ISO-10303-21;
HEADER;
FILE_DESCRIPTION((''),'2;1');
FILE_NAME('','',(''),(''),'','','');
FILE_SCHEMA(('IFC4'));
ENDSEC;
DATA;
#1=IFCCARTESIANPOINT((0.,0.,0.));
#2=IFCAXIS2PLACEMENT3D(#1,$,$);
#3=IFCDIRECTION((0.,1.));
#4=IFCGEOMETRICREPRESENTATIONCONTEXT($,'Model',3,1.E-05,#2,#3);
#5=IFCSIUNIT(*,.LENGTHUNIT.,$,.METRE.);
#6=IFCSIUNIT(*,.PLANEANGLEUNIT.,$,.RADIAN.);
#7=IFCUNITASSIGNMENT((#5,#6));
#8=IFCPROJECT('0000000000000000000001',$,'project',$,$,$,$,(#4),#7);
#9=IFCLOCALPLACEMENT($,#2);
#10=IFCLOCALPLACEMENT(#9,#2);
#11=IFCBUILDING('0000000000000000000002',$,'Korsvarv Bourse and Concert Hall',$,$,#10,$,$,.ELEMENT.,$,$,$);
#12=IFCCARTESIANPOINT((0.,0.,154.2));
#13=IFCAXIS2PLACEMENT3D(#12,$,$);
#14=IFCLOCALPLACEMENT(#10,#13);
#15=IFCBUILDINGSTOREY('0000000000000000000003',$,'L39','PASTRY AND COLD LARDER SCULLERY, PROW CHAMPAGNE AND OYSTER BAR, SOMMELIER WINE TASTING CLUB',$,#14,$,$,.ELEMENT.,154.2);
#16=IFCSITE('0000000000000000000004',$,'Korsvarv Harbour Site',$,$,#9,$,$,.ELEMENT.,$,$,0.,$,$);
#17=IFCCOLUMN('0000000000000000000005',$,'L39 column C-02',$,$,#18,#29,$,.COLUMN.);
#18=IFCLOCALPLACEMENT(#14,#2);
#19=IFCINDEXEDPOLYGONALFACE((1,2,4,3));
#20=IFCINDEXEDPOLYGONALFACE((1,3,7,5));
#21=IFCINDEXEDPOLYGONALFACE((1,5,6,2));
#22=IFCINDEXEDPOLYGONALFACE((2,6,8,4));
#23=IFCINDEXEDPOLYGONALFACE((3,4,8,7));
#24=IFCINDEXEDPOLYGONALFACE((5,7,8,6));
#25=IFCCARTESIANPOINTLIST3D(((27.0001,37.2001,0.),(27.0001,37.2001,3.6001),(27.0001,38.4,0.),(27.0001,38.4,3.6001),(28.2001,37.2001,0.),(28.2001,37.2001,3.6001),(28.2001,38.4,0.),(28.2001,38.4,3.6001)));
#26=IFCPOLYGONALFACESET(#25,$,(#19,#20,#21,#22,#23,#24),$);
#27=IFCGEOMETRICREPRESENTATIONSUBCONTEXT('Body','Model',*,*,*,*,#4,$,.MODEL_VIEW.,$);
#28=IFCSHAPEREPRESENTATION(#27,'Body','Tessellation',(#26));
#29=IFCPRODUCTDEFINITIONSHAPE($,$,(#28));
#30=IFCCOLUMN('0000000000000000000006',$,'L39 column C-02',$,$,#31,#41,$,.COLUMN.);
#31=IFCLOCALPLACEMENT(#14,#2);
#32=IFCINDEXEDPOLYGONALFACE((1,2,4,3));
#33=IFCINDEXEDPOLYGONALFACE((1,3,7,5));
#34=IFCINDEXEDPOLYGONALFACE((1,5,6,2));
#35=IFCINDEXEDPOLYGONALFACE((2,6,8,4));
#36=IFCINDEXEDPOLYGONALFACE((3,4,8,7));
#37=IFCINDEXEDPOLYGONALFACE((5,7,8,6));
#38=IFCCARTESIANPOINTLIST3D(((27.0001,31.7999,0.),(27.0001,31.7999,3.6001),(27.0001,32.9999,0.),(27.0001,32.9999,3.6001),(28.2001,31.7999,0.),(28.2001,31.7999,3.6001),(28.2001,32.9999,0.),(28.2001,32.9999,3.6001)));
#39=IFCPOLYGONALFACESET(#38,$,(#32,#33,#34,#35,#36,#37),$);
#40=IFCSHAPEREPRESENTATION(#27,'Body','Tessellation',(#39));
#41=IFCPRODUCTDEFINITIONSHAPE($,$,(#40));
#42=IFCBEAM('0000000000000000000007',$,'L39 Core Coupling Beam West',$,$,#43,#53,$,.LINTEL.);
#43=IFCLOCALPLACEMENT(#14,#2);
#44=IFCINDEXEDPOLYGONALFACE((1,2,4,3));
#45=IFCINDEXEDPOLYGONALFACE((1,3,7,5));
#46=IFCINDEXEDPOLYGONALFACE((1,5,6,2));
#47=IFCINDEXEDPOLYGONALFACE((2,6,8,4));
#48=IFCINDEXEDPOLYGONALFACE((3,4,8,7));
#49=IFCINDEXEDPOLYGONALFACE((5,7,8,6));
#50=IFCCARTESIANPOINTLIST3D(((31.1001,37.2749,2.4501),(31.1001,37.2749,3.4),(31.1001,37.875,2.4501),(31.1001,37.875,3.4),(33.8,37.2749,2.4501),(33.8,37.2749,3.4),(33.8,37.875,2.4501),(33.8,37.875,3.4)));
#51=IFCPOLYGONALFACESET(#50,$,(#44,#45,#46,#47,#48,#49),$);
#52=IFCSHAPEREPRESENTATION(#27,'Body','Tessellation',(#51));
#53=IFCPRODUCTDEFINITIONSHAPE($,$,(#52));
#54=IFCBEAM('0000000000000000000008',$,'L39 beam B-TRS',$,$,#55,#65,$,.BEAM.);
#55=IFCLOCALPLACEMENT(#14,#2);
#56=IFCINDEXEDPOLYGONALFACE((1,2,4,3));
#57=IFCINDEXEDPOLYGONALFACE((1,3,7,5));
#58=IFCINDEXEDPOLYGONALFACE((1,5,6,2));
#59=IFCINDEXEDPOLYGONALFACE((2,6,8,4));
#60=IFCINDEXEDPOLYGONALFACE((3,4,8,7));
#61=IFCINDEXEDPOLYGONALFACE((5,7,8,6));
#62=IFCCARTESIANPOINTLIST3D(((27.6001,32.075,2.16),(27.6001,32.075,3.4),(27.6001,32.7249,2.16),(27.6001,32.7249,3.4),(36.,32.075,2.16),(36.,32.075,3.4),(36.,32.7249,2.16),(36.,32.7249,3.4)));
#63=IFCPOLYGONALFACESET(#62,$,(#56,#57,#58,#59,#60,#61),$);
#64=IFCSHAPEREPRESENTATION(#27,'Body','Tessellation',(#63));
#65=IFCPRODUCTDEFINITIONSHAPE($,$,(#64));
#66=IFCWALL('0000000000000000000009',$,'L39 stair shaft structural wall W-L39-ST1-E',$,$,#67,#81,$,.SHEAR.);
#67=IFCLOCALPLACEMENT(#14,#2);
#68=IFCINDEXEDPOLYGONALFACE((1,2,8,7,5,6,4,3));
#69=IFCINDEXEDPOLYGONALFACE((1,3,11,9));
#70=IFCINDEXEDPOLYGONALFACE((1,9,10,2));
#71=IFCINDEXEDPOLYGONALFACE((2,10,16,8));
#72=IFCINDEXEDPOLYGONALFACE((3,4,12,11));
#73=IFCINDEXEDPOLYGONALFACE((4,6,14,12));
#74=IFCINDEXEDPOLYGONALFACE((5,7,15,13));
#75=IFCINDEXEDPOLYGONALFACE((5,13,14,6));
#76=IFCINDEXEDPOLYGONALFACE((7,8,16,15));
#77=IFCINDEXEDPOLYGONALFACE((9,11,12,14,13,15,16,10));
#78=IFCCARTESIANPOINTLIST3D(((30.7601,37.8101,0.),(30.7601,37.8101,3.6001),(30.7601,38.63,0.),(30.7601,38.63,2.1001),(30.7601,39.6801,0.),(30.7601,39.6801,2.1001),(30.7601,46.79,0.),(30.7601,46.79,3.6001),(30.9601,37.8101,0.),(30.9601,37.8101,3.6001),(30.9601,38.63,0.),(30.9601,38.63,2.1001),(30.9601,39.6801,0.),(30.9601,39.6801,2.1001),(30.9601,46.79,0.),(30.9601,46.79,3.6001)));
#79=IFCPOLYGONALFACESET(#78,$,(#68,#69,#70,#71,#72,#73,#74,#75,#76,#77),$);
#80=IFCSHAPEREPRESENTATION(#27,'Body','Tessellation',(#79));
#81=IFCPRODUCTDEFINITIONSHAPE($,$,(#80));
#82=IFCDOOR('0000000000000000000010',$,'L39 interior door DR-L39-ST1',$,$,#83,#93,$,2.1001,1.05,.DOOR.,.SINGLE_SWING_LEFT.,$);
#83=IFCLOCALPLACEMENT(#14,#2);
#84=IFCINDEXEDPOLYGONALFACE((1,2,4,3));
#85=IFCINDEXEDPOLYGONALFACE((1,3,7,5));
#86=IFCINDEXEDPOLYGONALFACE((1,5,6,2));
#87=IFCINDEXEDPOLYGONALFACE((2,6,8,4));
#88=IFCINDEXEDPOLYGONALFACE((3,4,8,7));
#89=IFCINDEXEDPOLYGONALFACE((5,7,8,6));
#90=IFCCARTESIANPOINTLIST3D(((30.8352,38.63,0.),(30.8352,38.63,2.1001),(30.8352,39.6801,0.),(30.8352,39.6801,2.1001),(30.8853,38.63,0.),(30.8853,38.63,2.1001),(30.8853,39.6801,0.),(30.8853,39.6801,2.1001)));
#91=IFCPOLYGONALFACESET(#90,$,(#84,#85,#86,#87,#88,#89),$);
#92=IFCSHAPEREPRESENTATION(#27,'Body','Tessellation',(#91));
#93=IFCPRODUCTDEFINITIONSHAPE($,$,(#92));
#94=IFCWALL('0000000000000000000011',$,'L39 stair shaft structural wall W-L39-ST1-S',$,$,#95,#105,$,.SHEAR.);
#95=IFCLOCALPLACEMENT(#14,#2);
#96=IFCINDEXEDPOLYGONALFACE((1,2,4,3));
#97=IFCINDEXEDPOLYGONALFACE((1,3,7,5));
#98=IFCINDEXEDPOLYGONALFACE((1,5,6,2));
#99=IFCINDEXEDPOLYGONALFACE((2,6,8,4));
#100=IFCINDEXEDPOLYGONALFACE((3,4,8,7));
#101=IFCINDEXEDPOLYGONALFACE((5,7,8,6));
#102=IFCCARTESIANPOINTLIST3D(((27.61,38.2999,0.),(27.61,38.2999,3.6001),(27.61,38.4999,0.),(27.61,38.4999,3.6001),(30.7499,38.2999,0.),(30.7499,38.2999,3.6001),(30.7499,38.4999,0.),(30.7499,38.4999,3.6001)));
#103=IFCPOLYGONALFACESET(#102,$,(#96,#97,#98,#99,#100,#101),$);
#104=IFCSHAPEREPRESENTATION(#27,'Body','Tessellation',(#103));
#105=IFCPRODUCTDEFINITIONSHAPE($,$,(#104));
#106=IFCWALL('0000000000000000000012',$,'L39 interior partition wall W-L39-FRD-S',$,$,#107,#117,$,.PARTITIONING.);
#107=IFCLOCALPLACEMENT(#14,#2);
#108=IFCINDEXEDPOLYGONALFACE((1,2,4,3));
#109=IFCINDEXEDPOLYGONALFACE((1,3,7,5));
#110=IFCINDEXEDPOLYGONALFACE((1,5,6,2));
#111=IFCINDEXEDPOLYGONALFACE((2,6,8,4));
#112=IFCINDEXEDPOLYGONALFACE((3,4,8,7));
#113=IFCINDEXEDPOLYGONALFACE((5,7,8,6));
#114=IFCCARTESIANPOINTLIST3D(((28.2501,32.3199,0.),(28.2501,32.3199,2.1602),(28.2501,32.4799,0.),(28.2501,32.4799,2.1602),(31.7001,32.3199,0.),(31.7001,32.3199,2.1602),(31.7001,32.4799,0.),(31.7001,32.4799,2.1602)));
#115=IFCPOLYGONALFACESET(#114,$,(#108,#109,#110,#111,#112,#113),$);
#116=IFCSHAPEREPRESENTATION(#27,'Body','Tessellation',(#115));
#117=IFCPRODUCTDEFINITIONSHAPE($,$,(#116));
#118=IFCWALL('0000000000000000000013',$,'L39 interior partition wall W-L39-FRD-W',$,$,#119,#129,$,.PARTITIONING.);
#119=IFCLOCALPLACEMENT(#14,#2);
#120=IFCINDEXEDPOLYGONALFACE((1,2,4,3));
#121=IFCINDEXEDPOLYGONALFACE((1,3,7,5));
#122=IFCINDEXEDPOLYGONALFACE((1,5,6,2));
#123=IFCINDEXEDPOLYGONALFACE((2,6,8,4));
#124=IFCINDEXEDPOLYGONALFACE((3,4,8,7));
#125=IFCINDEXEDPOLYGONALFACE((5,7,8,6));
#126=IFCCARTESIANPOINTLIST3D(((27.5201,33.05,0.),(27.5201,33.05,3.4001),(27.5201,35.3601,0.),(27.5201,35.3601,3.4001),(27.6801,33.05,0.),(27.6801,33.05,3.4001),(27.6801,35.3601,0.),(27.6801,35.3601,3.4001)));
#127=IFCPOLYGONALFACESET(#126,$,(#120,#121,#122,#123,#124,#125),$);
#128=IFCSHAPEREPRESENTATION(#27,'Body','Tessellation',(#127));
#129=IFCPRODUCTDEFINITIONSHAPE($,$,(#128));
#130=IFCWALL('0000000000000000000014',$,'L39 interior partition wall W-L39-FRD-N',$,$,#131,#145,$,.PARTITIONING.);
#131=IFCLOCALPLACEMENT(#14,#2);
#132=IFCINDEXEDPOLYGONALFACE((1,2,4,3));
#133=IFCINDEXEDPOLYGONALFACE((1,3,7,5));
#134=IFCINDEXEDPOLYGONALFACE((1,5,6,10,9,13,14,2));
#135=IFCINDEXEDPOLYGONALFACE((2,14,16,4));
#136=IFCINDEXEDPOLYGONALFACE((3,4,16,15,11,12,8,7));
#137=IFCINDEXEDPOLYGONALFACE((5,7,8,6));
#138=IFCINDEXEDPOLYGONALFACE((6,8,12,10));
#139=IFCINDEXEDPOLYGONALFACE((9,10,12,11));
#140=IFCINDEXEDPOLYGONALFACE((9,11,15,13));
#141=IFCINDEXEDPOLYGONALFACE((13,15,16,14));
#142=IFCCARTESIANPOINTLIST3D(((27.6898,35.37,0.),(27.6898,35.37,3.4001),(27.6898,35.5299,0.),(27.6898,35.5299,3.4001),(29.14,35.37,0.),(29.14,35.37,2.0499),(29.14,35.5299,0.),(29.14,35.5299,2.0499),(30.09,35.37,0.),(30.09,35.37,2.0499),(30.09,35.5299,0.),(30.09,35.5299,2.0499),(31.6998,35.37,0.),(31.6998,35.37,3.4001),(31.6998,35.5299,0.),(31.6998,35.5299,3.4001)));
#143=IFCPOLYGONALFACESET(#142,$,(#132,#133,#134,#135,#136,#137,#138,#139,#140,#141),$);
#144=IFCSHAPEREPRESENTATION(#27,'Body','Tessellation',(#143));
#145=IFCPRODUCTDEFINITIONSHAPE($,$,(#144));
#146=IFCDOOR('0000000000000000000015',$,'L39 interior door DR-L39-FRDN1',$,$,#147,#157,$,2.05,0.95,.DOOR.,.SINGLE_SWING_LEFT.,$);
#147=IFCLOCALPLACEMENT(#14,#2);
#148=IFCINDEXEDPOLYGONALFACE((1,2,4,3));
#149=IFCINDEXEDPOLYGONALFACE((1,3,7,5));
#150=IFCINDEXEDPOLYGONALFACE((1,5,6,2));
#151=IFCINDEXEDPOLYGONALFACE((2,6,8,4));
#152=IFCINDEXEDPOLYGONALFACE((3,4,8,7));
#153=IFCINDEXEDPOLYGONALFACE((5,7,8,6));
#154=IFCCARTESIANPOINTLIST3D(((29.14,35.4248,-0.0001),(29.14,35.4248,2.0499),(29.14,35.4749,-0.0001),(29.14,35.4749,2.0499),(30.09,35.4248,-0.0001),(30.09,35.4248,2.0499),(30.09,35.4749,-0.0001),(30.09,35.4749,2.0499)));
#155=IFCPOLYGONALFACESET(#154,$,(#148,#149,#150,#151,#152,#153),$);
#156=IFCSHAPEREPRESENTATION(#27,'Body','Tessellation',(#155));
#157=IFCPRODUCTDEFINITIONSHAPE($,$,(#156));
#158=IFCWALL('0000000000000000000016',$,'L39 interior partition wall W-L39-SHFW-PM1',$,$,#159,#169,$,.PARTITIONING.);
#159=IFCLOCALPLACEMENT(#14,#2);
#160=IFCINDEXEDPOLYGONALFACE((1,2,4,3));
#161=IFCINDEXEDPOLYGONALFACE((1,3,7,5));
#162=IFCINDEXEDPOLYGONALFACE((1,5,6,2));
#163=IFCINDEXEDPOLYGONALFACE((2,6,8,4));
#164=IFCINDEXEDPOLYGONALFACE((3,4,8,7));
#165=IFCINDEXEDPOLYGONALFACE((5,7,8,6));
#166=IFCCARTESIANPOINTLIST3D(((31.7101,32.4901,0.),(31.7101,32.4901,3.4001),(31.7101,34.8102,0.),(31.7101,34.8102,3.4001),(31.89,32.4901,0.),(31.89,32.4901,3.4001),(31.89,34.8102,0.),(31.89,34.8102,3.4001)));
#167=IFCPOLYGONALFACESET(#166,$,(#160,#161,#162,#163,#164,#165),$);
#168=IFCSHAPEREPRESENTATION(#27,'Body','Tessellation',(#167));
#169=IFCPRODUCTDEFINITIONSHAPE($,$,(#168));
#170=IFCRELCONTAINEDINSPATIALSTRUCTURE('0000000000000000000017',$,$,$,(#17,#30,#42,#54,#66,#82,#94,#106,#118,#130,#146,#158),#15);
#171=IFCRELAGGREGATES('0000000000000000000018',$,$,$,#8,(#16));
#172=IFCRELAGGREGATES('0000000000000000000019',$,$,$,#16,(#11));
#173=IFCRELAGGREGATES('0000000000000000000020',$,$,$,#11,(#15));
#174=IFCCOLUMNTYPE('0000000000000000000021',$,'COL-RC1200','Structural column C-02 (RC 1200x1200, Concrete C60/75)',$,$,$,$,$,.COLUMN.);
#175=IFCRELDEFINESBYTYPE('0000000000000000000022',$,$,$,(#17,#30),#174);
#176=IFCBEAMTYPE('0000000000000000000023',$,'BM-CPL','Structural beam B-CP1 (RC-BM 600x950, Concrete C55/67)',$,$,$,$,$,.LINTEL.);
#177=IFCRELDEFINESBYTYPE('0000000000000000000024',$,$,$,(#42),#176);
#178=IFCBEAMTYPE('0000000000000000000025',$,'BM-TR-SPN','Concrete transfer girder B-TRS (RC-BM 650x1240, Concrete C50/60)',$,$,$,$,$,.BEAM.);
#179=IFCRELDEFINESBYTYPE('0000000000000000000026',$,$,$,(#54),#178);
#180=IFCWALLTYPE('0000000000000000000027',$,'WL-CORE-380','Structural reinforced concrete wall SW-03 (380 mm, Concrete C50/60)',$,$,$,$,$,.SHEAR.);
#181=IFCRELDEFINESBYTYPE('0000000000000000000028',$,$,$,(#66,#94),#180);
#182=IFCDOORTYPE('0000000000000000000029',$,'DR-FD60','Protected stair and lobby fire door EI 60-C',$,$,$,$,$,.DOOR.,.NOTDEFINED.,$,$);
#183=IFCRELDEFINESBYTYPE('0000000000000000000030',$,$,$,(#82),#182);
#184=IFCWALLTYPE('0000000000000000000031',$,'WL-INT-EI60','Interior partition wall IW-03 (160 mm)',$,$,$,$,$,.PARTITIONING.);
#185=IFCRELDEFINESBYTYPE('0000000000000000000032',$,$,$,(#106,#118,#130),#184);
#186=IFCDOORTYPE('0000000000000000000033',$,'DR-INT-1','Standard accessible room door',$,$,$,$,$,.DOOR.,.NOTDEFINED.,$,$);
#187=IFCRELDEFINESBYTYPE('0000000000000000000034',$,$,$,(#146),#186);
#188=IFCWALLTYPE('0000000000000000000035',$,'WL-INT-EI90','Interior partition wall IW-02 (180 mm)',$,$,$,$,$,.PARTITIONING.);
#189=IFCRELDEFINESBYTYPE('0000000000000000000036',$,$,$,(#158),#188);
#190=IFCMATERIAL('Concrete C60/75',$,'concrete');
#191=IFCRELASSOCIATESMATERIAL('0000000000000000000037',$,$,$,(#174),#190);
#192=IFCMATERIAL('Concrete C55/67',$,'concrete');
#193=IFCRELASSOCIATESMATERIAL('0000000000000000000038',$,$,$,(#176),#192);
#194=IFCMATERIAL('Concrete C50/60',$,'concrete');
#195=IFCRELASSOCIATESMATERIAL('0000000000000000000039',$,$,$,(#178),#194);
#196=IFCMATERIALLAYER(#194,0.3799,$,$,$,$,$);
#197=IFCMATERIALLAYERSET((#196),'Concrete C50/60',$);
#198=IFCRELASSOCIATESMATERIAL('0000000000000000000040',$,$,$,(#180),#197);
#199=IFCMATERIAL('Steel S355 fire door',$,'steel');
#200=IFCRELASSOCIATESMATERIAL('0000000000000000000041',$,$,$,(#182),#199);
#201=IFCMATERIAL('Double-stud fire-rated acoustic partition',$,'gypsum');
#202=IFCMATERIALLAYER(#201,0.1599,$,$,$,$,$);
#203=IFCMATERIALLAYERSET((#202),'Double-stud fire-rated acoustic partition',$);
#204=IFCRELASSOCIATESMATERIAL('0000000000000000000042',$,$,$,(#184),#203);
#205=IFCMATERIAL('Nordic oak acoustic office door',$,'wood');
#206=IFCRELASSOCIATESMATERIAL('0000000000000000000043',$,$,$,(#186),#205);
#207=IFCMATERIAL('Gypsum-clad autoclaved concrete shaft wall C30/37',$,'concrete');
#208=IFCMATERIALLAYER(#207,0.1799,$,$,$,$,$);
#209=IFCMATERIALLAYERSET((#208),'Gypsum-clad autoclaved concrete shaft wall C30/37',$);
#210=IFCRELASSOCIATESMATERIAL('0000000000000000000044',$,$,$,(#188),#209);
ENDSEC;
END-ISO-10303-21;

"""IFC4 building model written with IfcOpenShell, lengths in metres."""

from ifc_helpers import new_model, si_unit, direction, frame, frame_2d, origin, origin_2d, place, context, subcontext, project, spatial, rectangle, extrude, source, transform, mapped, material, layer, layer_set, material_profile, profile_set, type_object, element, fill, save


model = new_model("IFC4")

# Units and contexts
model_context = context("Model", 3, precision=1e-05, world=origin(), true_north=direction((0.0, 1.0)))
body_context = subcontext(model_context, "Body", "Model", "MODEL_VIEW")
ifc_project = project(units=[si_unit("LENGTHUNIT", "METRE"), si_unit("PLANEANGLEUNIT", "RADIAN")], contexts=[model_context])

# Site, building, storey
site_placement = place(None, origin())
site = spatial("IfcSite", under=ifc_project, at=site_placement, Name="Korsvarv Harbour Site", CompositionType="ELEMENT", RefElevation=0.0)
building_placement = place(site_placement, origin())
building = spatial("IfcBuilding", under=site, at=building_placement, Name="Korsvarv Bourse and Concert Hall", CompositionType="ELEMENT")
storey_placement = place(building_placement, frame((0.0, 0.0, 154.2)))
storey = spatial("IfcBuildingStorey", under=building, at=storey_placement, Name="L39", Description="PASTRY AND COLD LARDER SCULLERY, PROW CHAMPAGNE AND OYSTER BAR, SOMMELIER WINE TASTING CLUB", CompositionType="ELEMENT", Elevation=154.2)

# Columns
ifc_material_1 = material(Name="Concrete C60/75", Category="concrete")
ifc_material_profile_1 = material_profile(ifc_material_1, rectangle(XDim=1.2, YDim=1.2, at=origin_2d()), Name="RC 1200x1200")
ifc_profile_set_1 = profile_set([ifc_material_profile_1], Name="Concrete C60/75")
column_type = type_object("IfcColumnType", Name="COL-RC1200", Description="Structural column C-02 (RC 1200x1200, Concrete C60/75)", PredefinedType="COLUMN", material=ifc_profile_set_1)
shared_shape_1 = source(origin(), body_context, "Body", "SweptSolid", [
    extrude(rectangle(XDim=1.2, YDim=1.2, at=origin_2d()), origin(), (0.0, 0.0, 1.0), 3.6001),
])
for number, where, z_axis, x_axis, name in (
    (1, (27.6001, 37.8, 0.0), (0.0, 0.0, 1.0), (1.0, 0.0, 0.0), "L39 column C-02"),
    (2, (27.6001, 32.3999, 0.0), (0.0, 0.0, 1.0), (1.0, 0.0, 0.0), "L39 column C-02"),
):
    element("IfcColumn", number, at=place(storey_placement, frame(where, z_axis=z_axis, x_axis=x_axis)), inside=storey, type_object=column_type, Name=name, PredefinedType="COLUMN", context=body_context, shape_type="MappedRepresentation", body=[
        mapped(shared_shape_1, transform((0.0, 0.0, 0.0), scale=1.0)),
    ])

# Beams
ifc_material_2 = material(Name="Concrete C55/67", Category="concrete")
ifc_material_profile_2 = material_profile(ifc_material_2, rectangle(XDim=0.6001, YDim=0.95, at=origin_2d()), Name="RC-BM 600x950")
ifc_profile_set_2 = profile_set([ifc_material_profile_2], Name="Concrete C55/67")
beam_type_1 = type_object("IfcBeamType", Name="BM-CPL", Description="Structural beam B-CP1 (RC-BM 600x950, Concrete C55/67)", PredefinedType="LINTEL", material=ifc_profile_set_2)
shared_shape_2 = source(origin(), body_context, "Body", "SweptSolid", [
    extrude(rectangle(XDim=0.6001, YDim=0.95, at=origin_2d()), origin(), (0.0, 0.0, 1.0), 2.7),
])
beam_1_placement = place(storey_placement, frame((31.1001, 37.575, 2.925), z_axis=(1.0, 0.0, 0.0), x_axis=(0.0, 1.0, 0.0)))
element("IfcBeam", 3, at=beam_1_placement, inside=storey, type_object=beam_type_1, Name="L39 Core Coupling Beam West", PredefinedType="LINTEL", context=body_context, shape_type="MappedRepresentation", body=[
    mapped(shared_shape_2, transform((0.0, 0.0, 0.0), scale=1.0)),
])
ifc_material_3 = material(Name="Concrete C50/60", Category="concrete")
ifc_material_profile_3 = material_profile(ifc_material_3, rectangle(XDim=0.6499, YDim=1.24, at=origin_2d()), Name="RC-BM 650x1240")
ifc_profile_set_3 = profile_set([ifc_material_profile_3], Name="Concrete C50/60")
beam_type_2 = type_object("IfcBeamType", Name="BM-TR-SPN", Description="Concrete transfer girder B-TRS (RC-BM 650x1240, Concrete C50/60)", PredefinedType="BEAM", material=ifc_profile_set_3)
shared_shape_3 = source(origin(), body_context, "Body", "SweptSolid", [
    extrude(rectangle(XDim=0.6499, YDim=1.24, at=origin_2d()), origin(), (0.0, 0.0, 1.0), 8.3999),
])
beam_2_placement = place(storey_placement, frame((27.6001, 32.3999, 2.78), z_axis=(1.0, 0.0, 0.0), x_axis=(0.0, 1.0, 0.0)))
element("IfcBeam", 4, at=beam_2_placement, inside=storey, type_object=beam_type_2, Name="L39 beam B-TRS", PredefinedType="BEAM", context=body_context, shape_type="MappedRepresentation", body=[
    mapped(shared_shape_3, transform((0.0, 0.0, 0.0), scale=1.0)),
])

# Wall, opening, door
ifc_layer_1 = layer(ifc_material_3, 0.3799)
ifc_layer_set_1 = layer_set([ifc_layer_1], Name="Concrete C50/60")
wall_type_1 = type_object("IfcWallType", Name="WL-CORE-380", Description="Structural reinforced concrete wall SW-03 (380 mm, Concrete C50/60)", PredefinedType="SHEAR", material=ifc_layer_set_1)
wall_1_placement = place(storey_placement, frame((30.8601, 37.8101, 0.0), z_axis=(0.0, 0.0, 1.0), x_axis=(0.0, 1.0, 0.0)))
wall_1 = element("IfcWall", 5, at=wall_1_placement, inside=storey, type_object=wall_type_1, Name="L39 stair shaft structural wall W-L39-ST1-E", PredefinedType="SHEAR", context=body_context, shape_type="SweptSolid", body=[
    extrude(rectangle(XDim=8.98, YDim=0.2, at=frame_2d((4.49, 0.0))), origin(), (0.0, 0.0, 1.0), 3.6001),
])
opening_1_placement = place(wall_1_placement, frame((0.8201, 0.0, 0.0)))
opening_1 = element("IfcOpeningElement", 6, at=opening_1_placement, cuts=wall_1, PredefinedType="OPENING", context=body_context, shape_type="SweptSolid", body=[
    extrude(rectangle(XDim=1.05, YDim=2.1001, at=frame_2d((0.5249, 1.05))), frame((0.0, 0.1099, 0.0), z_axis=(0.0, -1.0, 0.0), x_axis=(1.0, 0.0, 0.0)), (0.0, 0.0, 1.0), 0.22),
])
ifc_material_4 = material(Name="Steel S355 fire door", Category="steel")
door_type_1 = type_object("IfcDoorType", Name="DR-FD60", Description="Protected stair and lobby fire door EI 60-C", OperationType="NOTDEFINED", PredefinedType="DOOR", material=ifc_material_4)
door_1_placement = place(opening_1_placement, origin())
door_1 = element("IfcDoor", 7, at=door_1_placement, inside=storey, type_object=door_type_1, Name="L39 interior door DR-L39-ST1", OperationType="SINGLE_SWING_LEFT", OverallHeight=2.1001, OverallWidth=1.05, PredefinedType="DOOR", context=body_context, shape_type="SweptSolid", body=[
    extrude(rectangle(XDim=1.05, YDim=2.1001, at=frame_2d((0.5249, 1.05))), frame((0.0, 0.0249, 0.0), z_axis=(0.0, -1.0, 0.0), x_axis=(1.0, 0.0, 0.0)), (0.0, 0.0, 1.0), 0.05),
])
fill(opening_1, door_1)

# Walls
wall_2_placement = place(storey_placement, frame((27.6101, 38.3999, 0.0), z_axis=(0.0, 0.0, 1.0), x_axis=(1.0, 0.0, 0.0)))
element("IfcWall", 8, at=wall_2_placement, inside=storey, type_object=wall_type_1, Name="L39 stair shaft structural wall W-L39-ST1-S", PredefinedType="SHEAR", context=body_context, shape_type="SweptSolid", body=[
    extrude(rectangle(XDim=3.1399, YDim=0.2, at=frame_2d((1.5698, 0.0))), origin(), (0.0, 0.0, 1.0), 3.6001),
])
ifc_material_5 = material(Name="Double-stud fire-rated acoustic partition", Category="gypsum")
ifc_layer_2 = layer(ifc_material_5, 0.1599)
ifc_layer_set_2 = layer_set([ifc_layer_2], Name="Double-stud fire-rated acoustic partition")
wall_type_2 = type_object("IfcWallType", Name="WL-INT-EI60", Description="Interior partition wall IW-03 (160 mm)", PredefinedType="PARTITIONING", material=ifc_layer_set_2)
wall_3_placement = place(storey_placement, frame((28.25, 32.3999, 0.0), z_axis=(0.0, 0.0, 1.0), x_axis=(1.0, 0.0, 0.0)))
element("IfcWall", 9, at=wall_3_placement, inside=storey, type_object=wall_type_2, Name="L39 interior partition wall W-L39-FRD-S", PredefinedType="PARTITIONING", context=body_context, shape_type="SweptSolid", body=[
    extrude(rectangle(XDim=3.45, YDim=0.1599, at=frame_2d((1.7251, 0.0))), origin(), (0.0, 0.0, 1.0), 2.1602),
])
wall_4_placement = place(storey_placement, frame((27.6001, 33.05, 0.0), z_axis=(0.0, 0.0, 1.0), x_axis=(0.0, 1.0, 0.0)))
element("IfcWall", 10, at=wall_4_placement, inside=storey, type_object=wall_type_2, Name="L39 interior partition wall W-L39-FRD-W", PredefinedType="PARTITIONING", context=body_context, shape_type="SweptSolid", body=[
    extrude(rectangle(XDim=2.3101, YDim=0.1599, at=frame_2d((1.155, 0.0))), origin(), (0.0, 0.0, 1.0), 3.4001),
])

# Wall, opening, door
wall_5_placement = place(storey_placement, frame((27.6899, 35.45, 0.0), z_axis=(0.0, 0.0, 1.0), x_axis=(1.0, 0.0, 0.0)))
wall_5 = element("IfcWall", 11, at=wall_5_placement, inside=storey, type_object=wall_type_2, Name="L39 interior partition wall W-L39-FRD-N", PredefinedType="PARTITIONING", context=body_context, shape_type="SweptSolid", body=[
    extrude(rectangle(XDim=4.01, YDim=0.1599, at=frame_2d((2.0049, 0.0))), origin(), (0.0, 0.0, 1.0), 3.4001),
])
opening_2_placement = place(wall_5_placement, frame((1.45, 0.0, 0.0)))
opening_2 = element("IfcOpeningElement", 12, at=opening_2_placement, cuts=wall_5, PredefinedType="OPENING", context=body_context, shape_type="SweptSolid", body=[
    extrude(rectangle(XDim=0.95, YDim=2.05, at=frame_2d((0.4751, 1.0249))), frame((0.0, 0.0898, 0.0), z_axis=(0.0, -1.0, 0.0), x_axis=(1.0, 0.0, 0.0)), (0.0, 0.0, 1.0), 0.1799),
])
ifc_material_6 = material(Name="Nordic oak acoustic office door", Category="wood")
door_type_2 = type_object("IfcDoorType", Name="DR-INT-1", Description="Standard accessible room door", OperationType="NOTDEFINED", PredefinedType="DOOR", material=ifc_material_6)
door_2_placement = place(opening_2_placement, origin())
door_2 = element("IfcDoor", 13, at=door_2_placement, inside=storey, type_object=door_type_2, Name="L39 interior door DR-L39-FRDN1", OperationType="SINGLE_SWING_LEFT", OverallHeight=2.05, OverallWidth=0.95, PredefinedType="DOOR", context=body_context, shape_type="SweptSolid", body=[
    extrude(rectangle(XDim=0.95, YDim=2.05, at=frame_2d((0.4751, 1.0249))), frame((0.0, 0.0249, 0.0), z_axis=(0.0, -1.0, 0.0), x_axis=(1.0, 0.0, 0.0)), (0.0, 0.0, 1.0), 0.05),
])
fill(opening_2, door_2)

# Wall
ifc_material_7 = material(Name="Gypsum-clad autoclaved concrete shaft wall C30/37", Category="concrete")
ifc_layer_3 = layer(ifc_material_7, 0.1799)
ifc_layer_set_3 = layer_set([ifc_layer_3], Name="Gypsum-clad autoclaved concrete shaft wall C30/37")
wall_type_3 = type_object("IfcWallType", Name="WL-INT-EI90", Description="Interior partition wall IW-02 (180 mm)", PredefinedType="PARTITIONING", material=ifc_layer_set_3)
wall_6_placement = place(storey_placement, frame((31.8, 32.49, 0.0), z_axis=(0.0, 0.0, 1.0), x_axis=(0.0, 1.0, 0.0)))
element("IfcWall", 14, at=wall_6_placement, inside=storey, type_object=wall_type_3, Name="L39 interior partition wall W-L39-SHFW-PM1", PredefinedType="PARTITIONING", context=body_context, shape_type="SweptSolid", body=[
    extrude(rectangle(XDim=2.3201, YDim=0.1799, at=frame_2d((1.1602, 0.0))), origin(), (0.0, 0.0, 1.0), 3.4001),
])

save(model, "model.ifc")
